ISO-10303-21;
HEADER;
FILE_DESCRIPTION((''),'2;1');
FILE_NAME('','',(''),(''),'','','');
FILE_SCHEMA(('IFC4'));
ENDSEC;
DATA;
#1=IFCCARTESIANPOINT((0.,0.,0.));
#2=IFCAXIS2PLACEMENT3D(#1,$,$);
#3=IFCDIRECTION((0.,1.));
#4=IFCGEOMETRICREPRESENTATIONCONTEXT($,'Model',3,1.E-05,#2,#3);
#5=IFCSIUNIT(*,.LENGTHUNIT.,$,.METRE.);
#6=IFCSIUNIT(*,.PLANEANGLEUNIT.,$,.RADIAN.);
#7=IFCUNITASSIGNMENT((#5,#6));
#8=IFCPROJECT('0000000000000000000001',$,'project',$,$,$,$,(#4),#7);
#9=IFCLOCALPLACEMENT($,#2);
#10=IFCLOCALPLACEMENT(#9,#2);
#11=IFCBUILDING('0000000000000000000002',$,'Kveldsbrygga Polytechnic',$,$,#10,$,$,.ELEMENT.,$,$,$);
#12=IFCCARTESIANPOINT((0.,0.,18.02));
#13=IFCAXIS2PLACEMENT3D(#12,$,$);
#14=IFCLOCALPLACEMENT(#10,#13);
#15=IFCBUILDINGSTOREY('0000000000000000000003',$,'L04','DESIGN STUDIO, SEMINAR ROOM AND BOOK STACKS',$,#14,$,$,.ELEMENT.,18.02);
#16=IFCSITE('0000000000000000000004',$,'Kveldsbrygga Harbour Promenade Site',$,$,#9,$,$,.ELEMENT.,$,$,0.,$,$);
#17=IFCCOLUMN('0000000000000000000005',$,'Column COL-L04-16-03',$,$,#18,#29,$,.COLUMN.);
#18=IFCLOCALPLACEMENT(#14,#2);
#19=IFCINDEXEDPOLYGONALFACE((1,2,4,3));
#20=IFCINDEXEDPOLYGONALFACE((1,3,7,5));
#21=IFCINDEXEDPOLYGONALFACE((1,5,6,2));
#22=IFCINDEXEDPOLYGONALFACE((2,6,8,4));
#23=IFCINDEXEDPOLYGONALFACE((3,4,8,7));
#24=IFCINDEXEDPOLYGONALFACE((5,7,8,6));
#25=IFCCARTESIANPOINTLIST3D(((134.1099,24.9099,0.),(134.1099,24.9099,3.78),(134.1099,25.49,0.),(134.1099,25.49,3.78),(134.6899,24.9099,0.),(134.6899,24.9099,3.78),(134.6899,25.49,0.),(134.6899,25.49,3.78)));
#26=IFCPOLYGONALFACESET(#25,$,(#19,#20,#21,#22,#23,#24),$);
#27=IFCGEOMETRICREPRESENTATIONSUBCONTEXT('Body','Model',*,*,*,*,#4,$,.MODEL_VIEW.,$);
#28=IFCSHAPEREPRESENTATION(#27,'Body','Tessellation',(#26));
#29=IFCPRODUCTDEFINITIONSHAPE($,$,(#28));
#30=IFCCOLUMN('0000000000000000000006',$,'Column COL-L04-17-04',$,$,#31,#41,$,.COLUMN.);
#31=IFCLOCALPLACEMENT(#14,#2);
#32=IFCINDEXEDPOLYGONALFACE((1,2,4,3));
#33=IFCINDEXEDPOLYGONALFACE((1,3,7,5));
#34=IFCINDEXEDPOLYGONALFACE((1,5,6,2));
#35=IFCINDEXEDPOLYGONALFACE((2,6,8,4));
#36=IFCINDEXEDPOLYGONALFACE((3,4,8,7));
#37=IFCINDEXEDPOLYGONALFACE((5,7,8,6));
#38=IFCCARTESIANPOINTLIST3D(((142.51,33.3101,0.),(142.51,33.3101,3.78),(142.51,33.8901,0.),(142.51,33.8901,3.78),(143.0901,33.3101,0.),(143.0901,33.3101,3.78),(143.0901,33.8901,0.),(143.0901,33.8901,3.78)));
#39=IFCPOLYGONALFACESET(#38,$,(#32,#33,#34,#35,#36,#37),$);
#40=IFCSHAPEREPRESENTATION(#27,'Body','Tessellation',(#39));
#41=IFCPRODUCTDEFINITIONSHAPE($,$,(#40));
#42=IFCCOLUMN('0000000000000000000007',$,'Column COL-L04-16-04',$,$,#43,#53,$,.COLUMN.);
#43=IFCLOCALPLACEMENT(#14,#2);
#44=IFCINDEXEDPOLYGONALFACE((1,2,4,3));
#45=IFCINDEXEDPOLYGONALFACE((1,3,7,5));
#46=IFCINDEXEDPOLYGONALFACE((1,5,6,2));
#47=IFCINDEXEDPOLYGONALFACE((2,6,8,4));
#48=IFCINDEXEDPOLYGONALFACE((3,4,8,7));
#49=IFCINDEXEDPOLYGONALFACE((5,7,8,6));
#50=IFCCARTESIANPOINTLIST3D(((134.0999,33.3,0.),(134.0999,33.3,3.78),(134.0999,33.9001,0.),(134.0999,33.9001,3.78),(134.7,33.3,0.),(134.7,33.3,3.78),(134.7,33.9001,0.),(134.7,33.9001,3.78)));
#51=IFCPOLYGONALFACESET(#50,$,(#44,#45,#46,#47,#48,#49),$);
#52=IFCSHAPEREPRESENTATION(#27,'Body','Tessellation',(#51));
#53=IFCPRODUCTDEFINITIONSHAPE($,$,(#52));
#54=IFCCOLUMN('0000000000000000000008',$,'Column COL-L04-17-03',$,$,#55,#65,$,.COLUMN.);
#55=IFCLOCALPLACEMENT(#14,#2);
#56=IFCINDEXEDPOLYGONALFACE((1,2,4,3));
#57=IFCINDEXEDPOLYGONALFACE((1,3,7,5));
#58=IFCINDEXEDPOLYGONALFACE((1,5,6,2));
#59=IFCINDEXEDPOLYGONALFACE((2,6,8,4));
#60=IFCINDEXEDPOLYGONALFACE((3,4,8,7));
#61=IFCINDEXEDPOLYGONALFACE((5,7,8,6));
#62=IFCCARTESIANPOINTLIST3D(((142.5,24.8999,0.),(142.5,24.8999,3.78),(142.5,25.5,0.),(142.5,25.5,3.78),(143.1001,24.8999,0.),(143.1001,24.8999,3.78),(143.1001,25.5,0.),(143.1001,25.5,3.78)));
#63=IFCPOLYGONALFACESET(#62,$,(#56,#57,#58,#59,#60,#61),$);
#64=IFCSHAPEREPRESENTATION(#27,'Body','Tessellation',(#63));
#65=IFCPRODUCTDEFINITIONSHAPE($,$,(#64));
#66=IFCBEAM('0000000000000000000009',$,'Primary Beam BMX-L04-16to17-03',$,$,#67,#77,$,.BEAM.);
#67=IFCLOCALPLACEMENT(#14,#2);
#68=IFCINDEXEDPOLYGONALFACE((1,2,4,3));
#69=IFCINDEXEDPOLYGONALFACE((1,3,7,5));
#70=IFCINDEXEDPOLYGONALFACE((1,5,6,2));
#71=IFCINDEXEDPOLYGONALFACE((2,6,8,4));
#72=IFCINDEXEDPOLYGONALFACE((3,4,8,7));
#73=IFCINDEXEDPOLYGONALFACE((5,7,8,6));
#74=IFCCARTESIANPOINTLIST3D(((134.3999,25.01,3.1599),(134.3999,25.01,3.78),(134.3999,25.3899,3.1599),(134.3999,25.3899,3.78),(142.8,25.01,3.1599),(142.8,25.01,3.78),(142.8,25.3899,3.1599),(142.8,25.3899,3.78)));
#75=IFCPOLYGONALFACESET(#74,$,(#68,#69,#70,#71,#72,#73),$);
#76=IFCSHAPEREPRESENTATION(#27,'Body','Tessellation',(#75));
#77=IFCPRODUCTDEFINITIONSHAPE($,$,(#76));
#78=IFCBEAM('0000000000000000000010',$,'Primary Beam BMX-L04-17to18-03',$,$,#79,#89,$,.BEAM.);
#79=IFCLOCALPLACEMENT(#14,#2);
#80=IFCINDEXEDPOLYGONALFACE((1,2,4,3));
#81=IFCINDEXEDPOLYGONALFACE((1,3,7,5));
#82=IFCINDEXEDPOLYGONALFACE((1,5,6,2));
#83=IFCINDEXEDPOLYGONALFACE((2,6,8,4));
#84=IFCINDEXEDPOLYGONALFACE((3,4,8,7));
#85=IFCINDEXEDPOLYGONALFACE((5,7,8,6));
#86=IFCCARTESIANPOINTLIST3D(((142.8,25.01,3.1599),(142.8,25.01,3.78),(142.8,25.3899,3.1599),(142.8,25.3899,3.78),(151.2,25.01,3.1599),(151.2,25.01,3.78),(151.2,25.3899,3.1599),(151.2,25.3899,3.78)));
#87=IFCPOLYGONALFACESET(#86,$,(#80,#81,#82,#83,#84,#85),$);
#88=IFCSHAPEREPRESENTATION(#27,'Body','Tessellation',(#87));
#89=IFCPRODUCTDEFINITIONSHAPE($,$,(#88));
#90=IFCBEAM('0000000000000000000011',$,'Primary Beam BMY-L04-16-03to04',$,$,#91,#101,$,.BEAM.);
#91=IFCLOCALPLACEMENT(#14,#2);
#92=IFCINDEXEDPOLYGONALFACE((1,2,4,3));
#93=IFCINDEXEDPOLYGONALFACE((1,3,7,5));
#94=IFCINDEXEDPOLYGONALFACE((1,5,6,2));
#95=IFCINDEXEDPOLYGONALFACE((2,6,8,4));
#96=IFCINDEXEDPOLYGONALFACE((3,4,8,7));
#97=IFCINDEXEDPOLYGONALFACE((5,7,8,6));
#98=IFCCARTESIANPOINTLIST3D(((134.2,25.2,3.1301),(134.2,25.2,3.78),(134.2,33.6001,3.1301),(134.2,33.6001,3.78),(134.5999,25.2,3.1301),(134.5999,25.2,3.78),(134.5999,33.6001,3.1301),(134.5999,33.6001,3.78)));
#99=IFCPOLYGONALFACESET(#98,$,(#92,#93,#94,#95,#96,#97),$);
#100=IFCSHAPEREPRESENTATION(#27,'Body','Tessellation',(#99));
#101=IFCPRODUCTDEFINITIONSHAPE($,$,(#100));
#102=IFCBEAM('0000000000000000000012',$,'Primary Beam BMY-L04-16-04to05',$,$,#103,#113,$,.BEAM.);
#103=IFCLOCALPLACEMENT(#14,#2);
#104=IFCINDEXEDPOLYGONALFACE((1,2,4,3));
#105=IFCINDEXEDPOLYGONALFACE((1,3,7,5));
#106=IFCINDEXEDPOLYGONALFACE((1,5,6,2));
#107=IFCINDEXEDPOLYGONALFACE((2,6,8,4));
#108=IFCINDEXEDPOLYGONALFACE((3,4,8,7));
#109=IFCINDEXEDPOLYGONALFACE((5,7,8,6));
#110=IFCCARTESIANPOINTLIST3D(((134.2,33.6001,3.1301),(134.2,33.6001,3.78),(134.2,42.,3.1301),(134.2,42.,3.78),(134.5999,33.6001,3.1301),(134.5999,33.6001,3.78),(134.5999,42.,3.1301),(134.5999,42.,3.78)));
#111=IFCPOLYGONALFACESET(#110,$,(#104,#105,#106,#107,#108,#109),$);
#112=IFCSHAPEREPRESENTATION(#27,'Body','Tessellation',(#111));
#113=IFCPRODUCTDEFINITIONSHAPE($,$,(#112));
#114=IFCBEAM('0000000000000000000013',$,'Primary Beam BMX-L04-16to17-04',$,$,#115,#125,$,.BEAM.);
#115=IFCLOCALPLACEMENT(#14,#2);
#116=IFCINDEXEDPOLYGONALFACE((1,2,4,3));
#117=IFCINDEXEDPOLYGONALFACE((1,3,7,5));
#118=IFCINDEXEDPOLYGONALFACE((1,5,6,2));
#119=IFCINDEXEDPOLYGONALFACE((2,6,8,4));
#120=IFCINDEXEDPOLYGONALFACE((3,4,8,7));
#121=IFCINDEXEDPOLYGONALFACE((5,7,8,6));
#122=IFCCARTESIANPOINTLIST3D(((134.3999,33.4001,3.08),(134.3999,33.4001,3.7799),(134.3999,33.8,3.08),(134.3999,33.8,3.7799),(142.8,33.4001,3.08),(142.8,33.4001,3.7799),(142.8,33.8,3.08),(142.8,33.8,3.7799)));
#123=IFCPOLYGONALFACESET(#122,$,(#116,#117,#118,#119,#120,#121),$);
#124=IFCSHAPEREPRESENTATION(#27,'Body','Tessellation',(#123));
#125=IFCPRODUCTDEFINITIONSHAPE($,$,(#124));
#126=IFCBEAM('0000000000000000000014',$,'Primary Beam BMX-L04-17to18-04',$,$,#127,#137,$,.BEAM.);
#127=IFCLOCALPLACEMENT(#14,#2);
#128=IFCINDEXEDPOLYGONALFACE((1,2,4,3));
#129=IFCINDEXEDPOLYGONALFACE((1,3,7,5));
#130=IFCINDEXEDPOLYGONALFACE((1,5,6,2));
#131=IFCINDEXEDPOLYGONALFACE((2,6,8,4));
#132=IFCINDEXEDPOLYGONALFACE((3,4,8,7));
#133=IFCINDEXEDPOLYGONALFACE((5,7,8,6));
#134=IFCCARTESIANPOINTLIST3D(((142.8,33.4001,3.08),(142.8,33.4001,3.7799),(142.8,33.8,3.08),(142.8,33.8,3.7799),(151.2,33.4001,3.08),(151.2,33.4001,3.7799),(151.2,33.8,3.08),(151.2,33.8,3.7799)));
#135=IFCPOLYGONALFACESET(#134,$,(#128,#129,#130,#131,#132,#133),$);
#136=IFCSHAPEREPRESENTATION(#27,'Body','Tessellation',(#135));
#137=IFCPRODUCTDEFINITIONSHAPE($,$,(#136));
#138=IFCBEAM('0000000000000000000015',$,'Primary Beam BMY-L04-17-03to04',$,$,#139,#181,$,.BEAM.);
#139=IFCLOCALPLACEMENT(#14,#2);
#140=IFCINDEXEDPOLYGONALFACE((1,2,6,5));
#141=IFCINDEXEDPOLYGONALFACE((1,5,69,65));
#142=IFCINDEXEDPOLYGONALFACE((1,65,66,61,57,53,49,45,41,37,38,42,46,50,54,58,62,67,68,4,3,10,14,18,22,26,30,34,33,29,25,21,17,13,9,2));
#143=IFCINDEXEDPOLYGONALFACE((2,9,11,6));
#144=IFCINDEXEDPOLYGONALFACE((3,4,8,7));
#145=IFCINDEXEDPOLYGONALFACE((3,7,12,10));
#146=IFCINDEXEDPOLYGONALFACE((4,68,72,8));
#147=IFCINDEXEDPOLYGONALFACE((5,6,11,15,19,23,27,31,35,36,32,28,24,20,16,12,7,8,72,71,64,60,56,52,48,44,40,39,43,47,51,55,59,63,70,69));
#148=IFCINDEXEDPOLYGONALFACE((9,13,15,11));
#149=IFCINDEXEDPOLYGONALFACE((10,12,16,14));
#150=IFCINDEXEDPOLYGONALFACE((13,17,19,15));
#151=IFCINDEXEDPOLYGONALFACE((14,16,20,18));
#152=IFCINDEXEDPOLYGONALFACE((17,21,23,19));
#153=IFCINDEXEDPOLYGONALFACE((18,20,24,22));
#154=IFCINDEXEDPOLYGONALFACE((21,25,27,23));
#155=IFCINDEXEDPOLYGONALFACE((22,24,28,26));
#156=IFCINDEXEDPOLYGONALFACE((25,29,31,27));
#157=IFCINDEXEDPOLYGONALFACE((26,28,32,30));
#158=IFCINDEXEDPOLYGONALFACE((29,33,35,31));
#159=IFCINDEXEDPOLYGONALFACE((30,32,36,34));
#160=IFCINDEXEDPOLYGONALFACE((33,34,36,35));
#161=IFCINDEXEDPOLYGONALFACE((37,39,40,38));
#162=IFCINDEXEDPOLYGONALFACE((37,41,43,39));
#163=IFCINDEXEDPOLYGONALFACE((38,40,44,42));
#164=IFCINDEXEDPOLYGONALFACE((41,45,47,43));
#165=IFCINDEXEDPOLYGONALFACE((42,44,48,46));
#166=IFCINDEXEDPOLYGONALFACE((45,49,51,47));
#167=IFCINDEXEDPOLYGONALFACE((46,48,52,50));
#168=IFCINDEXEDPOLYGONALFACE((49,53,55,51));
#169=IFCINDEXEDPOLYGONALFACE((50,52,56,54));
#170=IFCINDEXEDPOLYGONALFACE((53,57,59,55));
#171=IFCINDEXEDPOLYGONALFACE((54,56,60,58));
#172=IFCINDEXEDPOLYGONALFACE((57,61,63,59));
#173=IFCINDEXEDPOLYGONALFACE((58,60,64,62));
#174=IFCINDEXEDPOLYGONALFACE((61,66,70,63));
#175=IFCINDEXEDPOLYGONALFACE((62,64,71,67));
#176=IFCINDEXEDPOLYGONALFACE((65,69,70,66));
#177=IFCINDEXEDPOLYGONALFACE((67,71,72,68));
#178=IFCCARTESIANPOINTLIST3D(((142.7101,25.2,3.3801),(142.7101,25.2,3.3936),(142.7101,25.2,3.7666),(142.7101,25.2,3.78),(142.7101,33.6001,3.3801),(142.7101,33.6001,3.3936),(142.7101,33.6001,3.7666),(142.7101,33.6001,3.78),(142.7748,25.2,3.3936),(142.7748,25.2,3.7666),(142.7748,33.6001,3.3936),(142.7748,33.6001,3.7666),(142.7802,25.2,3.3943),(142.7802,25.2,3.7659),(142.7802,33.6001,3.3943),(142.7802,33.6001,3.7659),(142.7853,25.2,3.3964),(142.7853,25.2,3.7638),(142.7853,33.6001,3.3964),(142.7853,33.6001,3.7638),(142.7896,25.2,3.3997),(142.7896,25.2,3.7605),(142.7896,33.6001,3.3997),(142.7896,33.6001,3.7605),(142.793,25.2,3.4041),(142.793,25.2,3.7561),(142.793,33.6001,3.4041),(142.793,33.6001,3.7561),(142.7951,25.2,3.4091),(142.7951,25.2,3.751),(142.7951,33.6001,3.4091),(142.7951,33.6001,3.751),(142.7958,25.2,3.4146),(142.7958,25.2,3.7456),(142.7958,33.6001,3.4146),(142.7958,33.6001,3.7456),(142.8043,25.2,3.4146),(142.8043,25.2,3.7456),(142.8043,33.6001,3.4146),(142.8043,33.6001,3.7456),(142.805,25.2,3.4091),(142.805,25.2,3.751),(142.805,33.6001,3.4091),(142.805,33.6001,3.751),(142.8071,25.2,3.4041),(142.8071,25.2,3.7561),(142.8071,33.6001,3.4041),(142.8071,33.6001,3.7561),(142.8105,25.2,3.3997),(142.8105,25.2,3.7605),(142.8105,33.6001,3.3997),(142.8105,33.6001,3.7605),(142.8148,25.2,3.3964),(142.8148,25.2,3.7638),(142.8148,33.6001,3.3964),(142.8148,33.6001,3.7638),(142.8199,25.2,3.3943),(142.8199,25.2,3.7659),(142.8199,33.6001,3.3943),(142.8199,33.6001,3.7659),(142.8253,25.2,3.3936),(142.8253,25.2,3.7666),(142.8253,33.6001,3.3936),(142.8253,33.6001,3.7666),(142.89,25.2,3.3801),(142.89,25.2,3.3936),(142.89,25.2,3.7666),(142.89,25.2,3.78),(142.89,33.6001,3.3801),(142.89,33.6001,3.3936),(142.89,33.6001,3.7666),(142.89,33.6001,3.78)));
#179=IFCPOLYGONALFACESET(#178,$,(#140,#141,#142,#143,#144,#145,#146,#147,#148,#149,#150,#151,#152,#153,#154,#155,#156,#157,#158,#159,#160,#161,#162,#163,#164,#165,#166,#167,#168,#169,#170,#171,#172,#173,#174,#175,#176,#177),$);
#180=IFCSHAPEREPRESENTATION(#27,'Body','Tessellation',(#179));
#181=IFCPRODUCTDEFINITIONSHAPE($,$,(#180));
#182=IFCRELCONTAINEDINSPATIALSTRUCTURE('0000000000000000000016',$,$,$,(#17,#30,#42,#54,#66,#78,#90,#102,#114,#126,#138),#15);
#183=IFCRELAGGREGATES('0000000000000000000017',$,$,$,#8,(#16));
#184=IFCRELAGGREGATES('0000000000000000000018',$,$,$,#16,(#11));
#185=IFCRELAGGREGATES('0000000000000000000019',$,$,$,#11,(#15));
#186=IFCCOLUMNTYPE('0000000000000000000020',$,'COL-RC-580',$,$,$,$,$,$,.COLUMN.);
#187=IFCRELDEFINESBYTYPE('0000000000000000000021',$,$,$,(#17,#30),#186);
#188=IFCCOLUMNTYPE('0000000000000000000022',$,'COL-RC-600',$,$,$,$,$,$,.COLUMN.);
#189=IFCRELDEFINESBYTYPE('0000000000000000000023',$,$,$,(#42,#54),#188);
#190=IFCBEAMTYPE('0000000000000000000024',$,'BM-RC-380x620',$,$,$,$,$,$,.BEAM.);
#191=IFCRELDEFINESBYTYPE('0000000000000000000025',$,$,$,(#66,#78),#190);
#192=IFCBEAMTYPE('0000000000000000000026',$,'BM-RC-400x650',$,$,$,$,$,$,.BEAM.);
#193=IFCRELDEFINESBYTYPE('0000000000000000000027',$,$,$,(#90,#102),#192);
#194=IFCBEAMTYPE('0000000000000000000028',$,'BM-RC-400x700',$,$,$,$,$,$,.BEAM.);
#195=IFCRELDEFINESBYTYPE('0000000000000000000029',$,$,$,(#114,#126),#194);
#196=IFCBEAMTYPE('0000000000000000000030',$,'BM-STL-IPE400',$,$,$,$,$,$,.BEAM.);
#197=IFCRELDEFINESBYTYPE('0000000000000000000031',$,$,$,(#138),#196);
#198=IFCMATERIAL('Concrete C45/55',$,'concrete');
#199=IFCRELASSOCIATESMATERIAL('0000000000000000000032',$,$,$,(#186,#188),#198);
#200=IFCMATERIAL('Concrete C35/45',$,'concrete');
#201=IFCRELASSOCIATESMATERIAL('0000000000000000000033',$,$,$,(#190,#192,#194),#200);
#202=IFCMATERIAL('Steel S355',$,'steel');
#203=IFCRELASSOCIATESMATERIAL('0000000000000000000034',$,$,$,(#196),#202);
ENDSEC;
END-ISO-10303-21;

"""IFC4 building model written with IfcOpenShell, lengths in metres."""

from ifc_helpers import new_model, si_unit, direction, frame, origin, origin_2d, place, context, subcontext, project, spatial, rectangle, i_section, extrude, material, material_profile, profile_set, type_object, element, save


model = new_model("IFC4")

# Units and contexts
model_context = context("Model", 3, precision=1e-05, world=origin(), true_north=direction((0.0, 1.0)))
body_context = subcontext(model_context, "Body", "Model", "MODEL_VIEW")
ifc_project = project(units=[si_unit("LENGTHUNIT", "METRE"), si_unit("PLANEANGLEUNIT", "RADIAN")], contexts=[model_context])

# Site, building, storey
site_placement = place(None, origin())
site = spatial("IfcSite", under=ifc_project, at=site_placement, Name="Kveldsbrygga Harbour Promenade Site", CompositionType="ELEMENT", RefElevation=0.0)
building_placement = place(site_placement, origin())
building = spatial("IfcBuilding", under=site, at=building_placement, Name="Kveldsbrygga Polytechnic", CompositionType="ELEMENT")
storey_placement = place(building_placement, frame((0.0, 0.0, 18.02)))
storey = spatial("IfcBuildingStorey", under=building, at=storey_placement, Name="L04", Description="DESIGN STUDIO, SEMINAR ROOM AND BOOK STACKS", CompositionType="ELEMENT", Elevation=18.02)

# Columns
ifc_material_1 = material(Name="Concrete C45/55", Category="concrete")
ifc_material_profile_1 = material_profile(ifc_material_1, rectangle(XDim=0.5801, YDim=0.5801, at=origin_2d()), Name="RC 580x580")
ifc_profile_set_1 = profile_set([ifc_material_profile_1], Name="Concrete C45/55")
column_type_1 = type_object("IfcColumnType", Name="COL-RC-580", PredefinedType="COLUMN", material=ifc_profile_set_1)
for number, where, z_axis, x_axis, name in (
    (1, (134.3999, 25.2, 0.0), (0.0, 0.0, 1.0), (1.0, 0.0, 0.0), "Column COL-L04-16-03"),
    (2, (142.8, 33.6001, 0.0), (0.0, 0.0, 1.0), (1.0, 0.0, 0.0), "Column COL-L04-17-04"),
):
    element("IfcColumn", number, at=place(storey_placement, frame(where, z_axis=z_axis, x_axis=x_axis)), inside=storey, type_object=column_type_1, Name=name, PredefinedType="COLUMN", context=body_context, shape_type="SweptSolid", body=[
        extrude(rectangle(XDim=0.5801, YDim=0.5801, at=origin_2d()), origin(), (0.0, 0.0, 1.0), 3.78),
    ])
ifc_material_profile_2 = material_profile(ifc_material_1, rectangle(XDim=0.6001, YDim=0.6001, at=origin_2d()), Name="RC 600x600")
ifc_profile_set_2 = profile_set([ifc_material_profile_2], Name="Concrete C45/55")
column_type_2 = type_object("IfcColumnType", Name="COL-RC-600", PredefinedType="COLUMN", material=ifc_profile_set_2)
for number, where, z_axis, x_axis, name in (
    (3, (134.3999, 33.6001, 0.0), (0.0, 0.0, 1.0), (1.0, 0.0, 0.0), "Column COL-L04-16-04"),
    (4, (142.8, 25.2, 0.0), (0.0, 0.0, 1.0), (1.0, 0.0, 0.0), "Column COL-L04-17-03"),
):
    element("IfcColumn", number, at=place(storey_placement, frame(where, z_axis=z_axis, x_axis=x_axis)), inside=storey, type_object=column_type_2, Name=name, PredefinedType="COLUMN", context=body_context, shape_type="SweptSolid", body=[
        extrude(rectangle(XDim=0.6001, YDim=0.6001, at=origin_2d()), origin(), (0.0, 0.0, 1.0), 3.78),
    ])

# Beams
ifc_material_2 = material(Name="Concrete C35/45", Category="concrete")
ifc_material_profile_3 = material_profile(ifc_material_2, rectangle(XDim=0.3799, YDim=0.6201, at=origin_2d()), Name="RC 380x620")
ifc_profile_set_3 = profile_set([ifc_material_profile_3], Name="Concrete C35/45")
beam_type_1 = type_object("IfcBeamType", Name="BM-RC-380x620", PredefinedType="BEAM", material=ifc_profile_set_3)
beam_1_placement = place(storey_placement, frame((134.3999, 25.2, 3.47), z_axis=(1.0, 0.0, 0.0), x_axis=(0.0, 1.0, 0.0)))
element("IfcBeam", 5, at=beam_1_placement, inside=storey, type_object=beam_type_1, Name="Primary Beam BMX-L04-16to17-03", PredefinedType="BEAM", context=body_context, shape_type="SweptSolid", body=[
    extrude(rectangle(XDim=0.3799, YDim=0.6201, at=origin_2d()), origin(), (0.0, 0.0, 1.0), 8.4001),
])
beam_2_placement = place(storey_placement, frame((142.8, 25.2, 3.47), z_axis=(1.0, 0.0, 0.0), x_axis=(0.0, 1.0, 0.0)))
element("IfcBeam", 6, at=beam_2_placement, inside=storey, type_object=beam_type_1, Name="Primary Beam BMX-L04-17to18-03", PredefinedType="BEAM", context=body_context, shape_type="SweptSolid", body=[
    extrude(rectangle(XDim=0.3799, YDim=0.6201, at=origin_2d()), origin(), (0.0, 0.0, 1.0), 8.3999),
])
ifc_material_profile_4 = material_profile(ifc_material_2, rectangle(XDim=0.3999, YDim=0.6499, at=origin_2d()), Name="RC 400x650")
ifc_profile_set_4 = profile_set([ifc_material_profile_4], Name="Concrete C35/45")
beam_type_2 = type_object("IfcBeamType", Name="BM-RC-400x650", PredefinedType="BEAM", material=ifc_profile_set_4)
beam_3_placement = place(storey_placement, frame((134.3999, 25.2, 3.4551), z_axis=(0.0, 1.0, 0.0), x_axis=(-1.0, 0.0, 0.0)))
element("IfcBeam", 7, at=beam_3_placement, inside=storey, type_object=beam_type_2, Name="Primary Beam BMY-L04-16-03to04", PredefinedType="BEAM", context=body_context, shape_type="SweptSolid", body=[
    extrude(rectangle(XDim=0.3999, YDim=0.6499, at=origin_2d()), origin(), (0.0, 0.0, 1.0), 8.4001),
])
beam_4_placement = place(storey_placement, frame((134.3999, 33.6001, 3.4551), z_axis=(0.0, 1.0, 0.0), x_axis=(-1.0, 0.0, 0.0)))
element("IfcBeam", 8, at=beam_4_placement, inside=storey, type_object=beam_type_2, Name="Primary Beam BMY-L04-16-04to05", PredefinedType="BEAM", context=body_context, shape_type="SweptSolid", body=[
    extrude(rectangle(XDim=0.3999, YDim=0.6499, at=origin_2d()), origin(), (0.0, 0.0, 1.0), 8.3999),
])
ifc_material_profile_5 = material_profile(ifc_material_2, rectangle(XDim=0.3999, YDim=0.7, at=origin_2d()), Name="RC 400x700")
ifc_profile_set_5 = profile_set([ifc_material_profile_5], Name="Concrete C35/45")
beam_type_3 = type_object("IfcBeamType", Name="BM-RC-400x700", PredefinedType="BEAM", material=ifc_profile_set_5)
beam_5_placement = place(storey_placement, frame((134.3999, 33.6001, 3.4299), z_axis=(1.0, 0.0, 0.0), x_axis=(0.0, 1.0, 0.0)))
element("IfcBeam", 9, at=beam_5_placement, inside=storey, type_object=beam_type_3, Name="Primary Beam BMX-L04-16to17-04", PredefinedType="BEAM", context=body_context, shape_type="SweptSolid", body=[
    extrude(rectangle(XDim=0.3999, YDim=0.7, at=origin_2d()), origin(), (0.0, 0.0, 1.0), 8.4001),
])
beam_6_placement = place(storey_placement, frame((142.8, 33.6001, 3.4299), z_axis=(1.0, 0.0, 0.0), x_axis=(0.0, 1.0, 0.0)))
element("IfcBeam", 10, at=beam_6_placement, inside=storey, type_object=beam_type_3, Name="Primary Beam BMX-L04-17to18-04", PredefinedType="BEAM", context=body_context, shape_type="SweptSolid", body=[
    extrude(rectangle(XDim=0.3999, YDim=0.7, at=origin_2d()), origin(), (0.0, 0.0, 1.0), 8.3999),
])
ifc_material_3 = material(Name="Steel S355", Category="steel")
ifc_material_profile_6 = material_profile(ifc_material_3, i_section(OverallWidth=0.1799, OverallDepth=0.3999, WebThickness=0.0085, FlangeThickness=0.0134, FilletRadius=0.021, at=origin_2d()), Name="IPE 400")
ifc_profile_set_6 = profile_set([ifc_material_profile_6], Name="Steel S355")
beam_type_4 = type_object("IfcBeamType", Name="BM-STL-IPE400", PredefinedType="BEAM", material=ifc_profile_set_6)
beam_7_placement = place(storey_placement, frame((142.8, 25.2, 3.5801), z_axis=(0.0, 1.0, 0.0), x_axis=(-1.0, 0.0, 0.0)))
element("IfcBeam", 11, at=beam_7_placement, inside=storey, type_object=beam_type_4, Name="Primary Beam BMY-L04-17-03to04", PredefinedType="BEAM", context=body_context, shape_type="SweptSolid", body=[
    extrude(i_section(OverallWidth=0.1799, OverallDepth=0.3999, WebThickness=0.0085, FlangeThickness=0.0134, FilletRadius=0.021, at=origin_2d()), origin(), (0.0, 0.0, 1.0), 8.4001),
])

save(model, "model.ifc")
